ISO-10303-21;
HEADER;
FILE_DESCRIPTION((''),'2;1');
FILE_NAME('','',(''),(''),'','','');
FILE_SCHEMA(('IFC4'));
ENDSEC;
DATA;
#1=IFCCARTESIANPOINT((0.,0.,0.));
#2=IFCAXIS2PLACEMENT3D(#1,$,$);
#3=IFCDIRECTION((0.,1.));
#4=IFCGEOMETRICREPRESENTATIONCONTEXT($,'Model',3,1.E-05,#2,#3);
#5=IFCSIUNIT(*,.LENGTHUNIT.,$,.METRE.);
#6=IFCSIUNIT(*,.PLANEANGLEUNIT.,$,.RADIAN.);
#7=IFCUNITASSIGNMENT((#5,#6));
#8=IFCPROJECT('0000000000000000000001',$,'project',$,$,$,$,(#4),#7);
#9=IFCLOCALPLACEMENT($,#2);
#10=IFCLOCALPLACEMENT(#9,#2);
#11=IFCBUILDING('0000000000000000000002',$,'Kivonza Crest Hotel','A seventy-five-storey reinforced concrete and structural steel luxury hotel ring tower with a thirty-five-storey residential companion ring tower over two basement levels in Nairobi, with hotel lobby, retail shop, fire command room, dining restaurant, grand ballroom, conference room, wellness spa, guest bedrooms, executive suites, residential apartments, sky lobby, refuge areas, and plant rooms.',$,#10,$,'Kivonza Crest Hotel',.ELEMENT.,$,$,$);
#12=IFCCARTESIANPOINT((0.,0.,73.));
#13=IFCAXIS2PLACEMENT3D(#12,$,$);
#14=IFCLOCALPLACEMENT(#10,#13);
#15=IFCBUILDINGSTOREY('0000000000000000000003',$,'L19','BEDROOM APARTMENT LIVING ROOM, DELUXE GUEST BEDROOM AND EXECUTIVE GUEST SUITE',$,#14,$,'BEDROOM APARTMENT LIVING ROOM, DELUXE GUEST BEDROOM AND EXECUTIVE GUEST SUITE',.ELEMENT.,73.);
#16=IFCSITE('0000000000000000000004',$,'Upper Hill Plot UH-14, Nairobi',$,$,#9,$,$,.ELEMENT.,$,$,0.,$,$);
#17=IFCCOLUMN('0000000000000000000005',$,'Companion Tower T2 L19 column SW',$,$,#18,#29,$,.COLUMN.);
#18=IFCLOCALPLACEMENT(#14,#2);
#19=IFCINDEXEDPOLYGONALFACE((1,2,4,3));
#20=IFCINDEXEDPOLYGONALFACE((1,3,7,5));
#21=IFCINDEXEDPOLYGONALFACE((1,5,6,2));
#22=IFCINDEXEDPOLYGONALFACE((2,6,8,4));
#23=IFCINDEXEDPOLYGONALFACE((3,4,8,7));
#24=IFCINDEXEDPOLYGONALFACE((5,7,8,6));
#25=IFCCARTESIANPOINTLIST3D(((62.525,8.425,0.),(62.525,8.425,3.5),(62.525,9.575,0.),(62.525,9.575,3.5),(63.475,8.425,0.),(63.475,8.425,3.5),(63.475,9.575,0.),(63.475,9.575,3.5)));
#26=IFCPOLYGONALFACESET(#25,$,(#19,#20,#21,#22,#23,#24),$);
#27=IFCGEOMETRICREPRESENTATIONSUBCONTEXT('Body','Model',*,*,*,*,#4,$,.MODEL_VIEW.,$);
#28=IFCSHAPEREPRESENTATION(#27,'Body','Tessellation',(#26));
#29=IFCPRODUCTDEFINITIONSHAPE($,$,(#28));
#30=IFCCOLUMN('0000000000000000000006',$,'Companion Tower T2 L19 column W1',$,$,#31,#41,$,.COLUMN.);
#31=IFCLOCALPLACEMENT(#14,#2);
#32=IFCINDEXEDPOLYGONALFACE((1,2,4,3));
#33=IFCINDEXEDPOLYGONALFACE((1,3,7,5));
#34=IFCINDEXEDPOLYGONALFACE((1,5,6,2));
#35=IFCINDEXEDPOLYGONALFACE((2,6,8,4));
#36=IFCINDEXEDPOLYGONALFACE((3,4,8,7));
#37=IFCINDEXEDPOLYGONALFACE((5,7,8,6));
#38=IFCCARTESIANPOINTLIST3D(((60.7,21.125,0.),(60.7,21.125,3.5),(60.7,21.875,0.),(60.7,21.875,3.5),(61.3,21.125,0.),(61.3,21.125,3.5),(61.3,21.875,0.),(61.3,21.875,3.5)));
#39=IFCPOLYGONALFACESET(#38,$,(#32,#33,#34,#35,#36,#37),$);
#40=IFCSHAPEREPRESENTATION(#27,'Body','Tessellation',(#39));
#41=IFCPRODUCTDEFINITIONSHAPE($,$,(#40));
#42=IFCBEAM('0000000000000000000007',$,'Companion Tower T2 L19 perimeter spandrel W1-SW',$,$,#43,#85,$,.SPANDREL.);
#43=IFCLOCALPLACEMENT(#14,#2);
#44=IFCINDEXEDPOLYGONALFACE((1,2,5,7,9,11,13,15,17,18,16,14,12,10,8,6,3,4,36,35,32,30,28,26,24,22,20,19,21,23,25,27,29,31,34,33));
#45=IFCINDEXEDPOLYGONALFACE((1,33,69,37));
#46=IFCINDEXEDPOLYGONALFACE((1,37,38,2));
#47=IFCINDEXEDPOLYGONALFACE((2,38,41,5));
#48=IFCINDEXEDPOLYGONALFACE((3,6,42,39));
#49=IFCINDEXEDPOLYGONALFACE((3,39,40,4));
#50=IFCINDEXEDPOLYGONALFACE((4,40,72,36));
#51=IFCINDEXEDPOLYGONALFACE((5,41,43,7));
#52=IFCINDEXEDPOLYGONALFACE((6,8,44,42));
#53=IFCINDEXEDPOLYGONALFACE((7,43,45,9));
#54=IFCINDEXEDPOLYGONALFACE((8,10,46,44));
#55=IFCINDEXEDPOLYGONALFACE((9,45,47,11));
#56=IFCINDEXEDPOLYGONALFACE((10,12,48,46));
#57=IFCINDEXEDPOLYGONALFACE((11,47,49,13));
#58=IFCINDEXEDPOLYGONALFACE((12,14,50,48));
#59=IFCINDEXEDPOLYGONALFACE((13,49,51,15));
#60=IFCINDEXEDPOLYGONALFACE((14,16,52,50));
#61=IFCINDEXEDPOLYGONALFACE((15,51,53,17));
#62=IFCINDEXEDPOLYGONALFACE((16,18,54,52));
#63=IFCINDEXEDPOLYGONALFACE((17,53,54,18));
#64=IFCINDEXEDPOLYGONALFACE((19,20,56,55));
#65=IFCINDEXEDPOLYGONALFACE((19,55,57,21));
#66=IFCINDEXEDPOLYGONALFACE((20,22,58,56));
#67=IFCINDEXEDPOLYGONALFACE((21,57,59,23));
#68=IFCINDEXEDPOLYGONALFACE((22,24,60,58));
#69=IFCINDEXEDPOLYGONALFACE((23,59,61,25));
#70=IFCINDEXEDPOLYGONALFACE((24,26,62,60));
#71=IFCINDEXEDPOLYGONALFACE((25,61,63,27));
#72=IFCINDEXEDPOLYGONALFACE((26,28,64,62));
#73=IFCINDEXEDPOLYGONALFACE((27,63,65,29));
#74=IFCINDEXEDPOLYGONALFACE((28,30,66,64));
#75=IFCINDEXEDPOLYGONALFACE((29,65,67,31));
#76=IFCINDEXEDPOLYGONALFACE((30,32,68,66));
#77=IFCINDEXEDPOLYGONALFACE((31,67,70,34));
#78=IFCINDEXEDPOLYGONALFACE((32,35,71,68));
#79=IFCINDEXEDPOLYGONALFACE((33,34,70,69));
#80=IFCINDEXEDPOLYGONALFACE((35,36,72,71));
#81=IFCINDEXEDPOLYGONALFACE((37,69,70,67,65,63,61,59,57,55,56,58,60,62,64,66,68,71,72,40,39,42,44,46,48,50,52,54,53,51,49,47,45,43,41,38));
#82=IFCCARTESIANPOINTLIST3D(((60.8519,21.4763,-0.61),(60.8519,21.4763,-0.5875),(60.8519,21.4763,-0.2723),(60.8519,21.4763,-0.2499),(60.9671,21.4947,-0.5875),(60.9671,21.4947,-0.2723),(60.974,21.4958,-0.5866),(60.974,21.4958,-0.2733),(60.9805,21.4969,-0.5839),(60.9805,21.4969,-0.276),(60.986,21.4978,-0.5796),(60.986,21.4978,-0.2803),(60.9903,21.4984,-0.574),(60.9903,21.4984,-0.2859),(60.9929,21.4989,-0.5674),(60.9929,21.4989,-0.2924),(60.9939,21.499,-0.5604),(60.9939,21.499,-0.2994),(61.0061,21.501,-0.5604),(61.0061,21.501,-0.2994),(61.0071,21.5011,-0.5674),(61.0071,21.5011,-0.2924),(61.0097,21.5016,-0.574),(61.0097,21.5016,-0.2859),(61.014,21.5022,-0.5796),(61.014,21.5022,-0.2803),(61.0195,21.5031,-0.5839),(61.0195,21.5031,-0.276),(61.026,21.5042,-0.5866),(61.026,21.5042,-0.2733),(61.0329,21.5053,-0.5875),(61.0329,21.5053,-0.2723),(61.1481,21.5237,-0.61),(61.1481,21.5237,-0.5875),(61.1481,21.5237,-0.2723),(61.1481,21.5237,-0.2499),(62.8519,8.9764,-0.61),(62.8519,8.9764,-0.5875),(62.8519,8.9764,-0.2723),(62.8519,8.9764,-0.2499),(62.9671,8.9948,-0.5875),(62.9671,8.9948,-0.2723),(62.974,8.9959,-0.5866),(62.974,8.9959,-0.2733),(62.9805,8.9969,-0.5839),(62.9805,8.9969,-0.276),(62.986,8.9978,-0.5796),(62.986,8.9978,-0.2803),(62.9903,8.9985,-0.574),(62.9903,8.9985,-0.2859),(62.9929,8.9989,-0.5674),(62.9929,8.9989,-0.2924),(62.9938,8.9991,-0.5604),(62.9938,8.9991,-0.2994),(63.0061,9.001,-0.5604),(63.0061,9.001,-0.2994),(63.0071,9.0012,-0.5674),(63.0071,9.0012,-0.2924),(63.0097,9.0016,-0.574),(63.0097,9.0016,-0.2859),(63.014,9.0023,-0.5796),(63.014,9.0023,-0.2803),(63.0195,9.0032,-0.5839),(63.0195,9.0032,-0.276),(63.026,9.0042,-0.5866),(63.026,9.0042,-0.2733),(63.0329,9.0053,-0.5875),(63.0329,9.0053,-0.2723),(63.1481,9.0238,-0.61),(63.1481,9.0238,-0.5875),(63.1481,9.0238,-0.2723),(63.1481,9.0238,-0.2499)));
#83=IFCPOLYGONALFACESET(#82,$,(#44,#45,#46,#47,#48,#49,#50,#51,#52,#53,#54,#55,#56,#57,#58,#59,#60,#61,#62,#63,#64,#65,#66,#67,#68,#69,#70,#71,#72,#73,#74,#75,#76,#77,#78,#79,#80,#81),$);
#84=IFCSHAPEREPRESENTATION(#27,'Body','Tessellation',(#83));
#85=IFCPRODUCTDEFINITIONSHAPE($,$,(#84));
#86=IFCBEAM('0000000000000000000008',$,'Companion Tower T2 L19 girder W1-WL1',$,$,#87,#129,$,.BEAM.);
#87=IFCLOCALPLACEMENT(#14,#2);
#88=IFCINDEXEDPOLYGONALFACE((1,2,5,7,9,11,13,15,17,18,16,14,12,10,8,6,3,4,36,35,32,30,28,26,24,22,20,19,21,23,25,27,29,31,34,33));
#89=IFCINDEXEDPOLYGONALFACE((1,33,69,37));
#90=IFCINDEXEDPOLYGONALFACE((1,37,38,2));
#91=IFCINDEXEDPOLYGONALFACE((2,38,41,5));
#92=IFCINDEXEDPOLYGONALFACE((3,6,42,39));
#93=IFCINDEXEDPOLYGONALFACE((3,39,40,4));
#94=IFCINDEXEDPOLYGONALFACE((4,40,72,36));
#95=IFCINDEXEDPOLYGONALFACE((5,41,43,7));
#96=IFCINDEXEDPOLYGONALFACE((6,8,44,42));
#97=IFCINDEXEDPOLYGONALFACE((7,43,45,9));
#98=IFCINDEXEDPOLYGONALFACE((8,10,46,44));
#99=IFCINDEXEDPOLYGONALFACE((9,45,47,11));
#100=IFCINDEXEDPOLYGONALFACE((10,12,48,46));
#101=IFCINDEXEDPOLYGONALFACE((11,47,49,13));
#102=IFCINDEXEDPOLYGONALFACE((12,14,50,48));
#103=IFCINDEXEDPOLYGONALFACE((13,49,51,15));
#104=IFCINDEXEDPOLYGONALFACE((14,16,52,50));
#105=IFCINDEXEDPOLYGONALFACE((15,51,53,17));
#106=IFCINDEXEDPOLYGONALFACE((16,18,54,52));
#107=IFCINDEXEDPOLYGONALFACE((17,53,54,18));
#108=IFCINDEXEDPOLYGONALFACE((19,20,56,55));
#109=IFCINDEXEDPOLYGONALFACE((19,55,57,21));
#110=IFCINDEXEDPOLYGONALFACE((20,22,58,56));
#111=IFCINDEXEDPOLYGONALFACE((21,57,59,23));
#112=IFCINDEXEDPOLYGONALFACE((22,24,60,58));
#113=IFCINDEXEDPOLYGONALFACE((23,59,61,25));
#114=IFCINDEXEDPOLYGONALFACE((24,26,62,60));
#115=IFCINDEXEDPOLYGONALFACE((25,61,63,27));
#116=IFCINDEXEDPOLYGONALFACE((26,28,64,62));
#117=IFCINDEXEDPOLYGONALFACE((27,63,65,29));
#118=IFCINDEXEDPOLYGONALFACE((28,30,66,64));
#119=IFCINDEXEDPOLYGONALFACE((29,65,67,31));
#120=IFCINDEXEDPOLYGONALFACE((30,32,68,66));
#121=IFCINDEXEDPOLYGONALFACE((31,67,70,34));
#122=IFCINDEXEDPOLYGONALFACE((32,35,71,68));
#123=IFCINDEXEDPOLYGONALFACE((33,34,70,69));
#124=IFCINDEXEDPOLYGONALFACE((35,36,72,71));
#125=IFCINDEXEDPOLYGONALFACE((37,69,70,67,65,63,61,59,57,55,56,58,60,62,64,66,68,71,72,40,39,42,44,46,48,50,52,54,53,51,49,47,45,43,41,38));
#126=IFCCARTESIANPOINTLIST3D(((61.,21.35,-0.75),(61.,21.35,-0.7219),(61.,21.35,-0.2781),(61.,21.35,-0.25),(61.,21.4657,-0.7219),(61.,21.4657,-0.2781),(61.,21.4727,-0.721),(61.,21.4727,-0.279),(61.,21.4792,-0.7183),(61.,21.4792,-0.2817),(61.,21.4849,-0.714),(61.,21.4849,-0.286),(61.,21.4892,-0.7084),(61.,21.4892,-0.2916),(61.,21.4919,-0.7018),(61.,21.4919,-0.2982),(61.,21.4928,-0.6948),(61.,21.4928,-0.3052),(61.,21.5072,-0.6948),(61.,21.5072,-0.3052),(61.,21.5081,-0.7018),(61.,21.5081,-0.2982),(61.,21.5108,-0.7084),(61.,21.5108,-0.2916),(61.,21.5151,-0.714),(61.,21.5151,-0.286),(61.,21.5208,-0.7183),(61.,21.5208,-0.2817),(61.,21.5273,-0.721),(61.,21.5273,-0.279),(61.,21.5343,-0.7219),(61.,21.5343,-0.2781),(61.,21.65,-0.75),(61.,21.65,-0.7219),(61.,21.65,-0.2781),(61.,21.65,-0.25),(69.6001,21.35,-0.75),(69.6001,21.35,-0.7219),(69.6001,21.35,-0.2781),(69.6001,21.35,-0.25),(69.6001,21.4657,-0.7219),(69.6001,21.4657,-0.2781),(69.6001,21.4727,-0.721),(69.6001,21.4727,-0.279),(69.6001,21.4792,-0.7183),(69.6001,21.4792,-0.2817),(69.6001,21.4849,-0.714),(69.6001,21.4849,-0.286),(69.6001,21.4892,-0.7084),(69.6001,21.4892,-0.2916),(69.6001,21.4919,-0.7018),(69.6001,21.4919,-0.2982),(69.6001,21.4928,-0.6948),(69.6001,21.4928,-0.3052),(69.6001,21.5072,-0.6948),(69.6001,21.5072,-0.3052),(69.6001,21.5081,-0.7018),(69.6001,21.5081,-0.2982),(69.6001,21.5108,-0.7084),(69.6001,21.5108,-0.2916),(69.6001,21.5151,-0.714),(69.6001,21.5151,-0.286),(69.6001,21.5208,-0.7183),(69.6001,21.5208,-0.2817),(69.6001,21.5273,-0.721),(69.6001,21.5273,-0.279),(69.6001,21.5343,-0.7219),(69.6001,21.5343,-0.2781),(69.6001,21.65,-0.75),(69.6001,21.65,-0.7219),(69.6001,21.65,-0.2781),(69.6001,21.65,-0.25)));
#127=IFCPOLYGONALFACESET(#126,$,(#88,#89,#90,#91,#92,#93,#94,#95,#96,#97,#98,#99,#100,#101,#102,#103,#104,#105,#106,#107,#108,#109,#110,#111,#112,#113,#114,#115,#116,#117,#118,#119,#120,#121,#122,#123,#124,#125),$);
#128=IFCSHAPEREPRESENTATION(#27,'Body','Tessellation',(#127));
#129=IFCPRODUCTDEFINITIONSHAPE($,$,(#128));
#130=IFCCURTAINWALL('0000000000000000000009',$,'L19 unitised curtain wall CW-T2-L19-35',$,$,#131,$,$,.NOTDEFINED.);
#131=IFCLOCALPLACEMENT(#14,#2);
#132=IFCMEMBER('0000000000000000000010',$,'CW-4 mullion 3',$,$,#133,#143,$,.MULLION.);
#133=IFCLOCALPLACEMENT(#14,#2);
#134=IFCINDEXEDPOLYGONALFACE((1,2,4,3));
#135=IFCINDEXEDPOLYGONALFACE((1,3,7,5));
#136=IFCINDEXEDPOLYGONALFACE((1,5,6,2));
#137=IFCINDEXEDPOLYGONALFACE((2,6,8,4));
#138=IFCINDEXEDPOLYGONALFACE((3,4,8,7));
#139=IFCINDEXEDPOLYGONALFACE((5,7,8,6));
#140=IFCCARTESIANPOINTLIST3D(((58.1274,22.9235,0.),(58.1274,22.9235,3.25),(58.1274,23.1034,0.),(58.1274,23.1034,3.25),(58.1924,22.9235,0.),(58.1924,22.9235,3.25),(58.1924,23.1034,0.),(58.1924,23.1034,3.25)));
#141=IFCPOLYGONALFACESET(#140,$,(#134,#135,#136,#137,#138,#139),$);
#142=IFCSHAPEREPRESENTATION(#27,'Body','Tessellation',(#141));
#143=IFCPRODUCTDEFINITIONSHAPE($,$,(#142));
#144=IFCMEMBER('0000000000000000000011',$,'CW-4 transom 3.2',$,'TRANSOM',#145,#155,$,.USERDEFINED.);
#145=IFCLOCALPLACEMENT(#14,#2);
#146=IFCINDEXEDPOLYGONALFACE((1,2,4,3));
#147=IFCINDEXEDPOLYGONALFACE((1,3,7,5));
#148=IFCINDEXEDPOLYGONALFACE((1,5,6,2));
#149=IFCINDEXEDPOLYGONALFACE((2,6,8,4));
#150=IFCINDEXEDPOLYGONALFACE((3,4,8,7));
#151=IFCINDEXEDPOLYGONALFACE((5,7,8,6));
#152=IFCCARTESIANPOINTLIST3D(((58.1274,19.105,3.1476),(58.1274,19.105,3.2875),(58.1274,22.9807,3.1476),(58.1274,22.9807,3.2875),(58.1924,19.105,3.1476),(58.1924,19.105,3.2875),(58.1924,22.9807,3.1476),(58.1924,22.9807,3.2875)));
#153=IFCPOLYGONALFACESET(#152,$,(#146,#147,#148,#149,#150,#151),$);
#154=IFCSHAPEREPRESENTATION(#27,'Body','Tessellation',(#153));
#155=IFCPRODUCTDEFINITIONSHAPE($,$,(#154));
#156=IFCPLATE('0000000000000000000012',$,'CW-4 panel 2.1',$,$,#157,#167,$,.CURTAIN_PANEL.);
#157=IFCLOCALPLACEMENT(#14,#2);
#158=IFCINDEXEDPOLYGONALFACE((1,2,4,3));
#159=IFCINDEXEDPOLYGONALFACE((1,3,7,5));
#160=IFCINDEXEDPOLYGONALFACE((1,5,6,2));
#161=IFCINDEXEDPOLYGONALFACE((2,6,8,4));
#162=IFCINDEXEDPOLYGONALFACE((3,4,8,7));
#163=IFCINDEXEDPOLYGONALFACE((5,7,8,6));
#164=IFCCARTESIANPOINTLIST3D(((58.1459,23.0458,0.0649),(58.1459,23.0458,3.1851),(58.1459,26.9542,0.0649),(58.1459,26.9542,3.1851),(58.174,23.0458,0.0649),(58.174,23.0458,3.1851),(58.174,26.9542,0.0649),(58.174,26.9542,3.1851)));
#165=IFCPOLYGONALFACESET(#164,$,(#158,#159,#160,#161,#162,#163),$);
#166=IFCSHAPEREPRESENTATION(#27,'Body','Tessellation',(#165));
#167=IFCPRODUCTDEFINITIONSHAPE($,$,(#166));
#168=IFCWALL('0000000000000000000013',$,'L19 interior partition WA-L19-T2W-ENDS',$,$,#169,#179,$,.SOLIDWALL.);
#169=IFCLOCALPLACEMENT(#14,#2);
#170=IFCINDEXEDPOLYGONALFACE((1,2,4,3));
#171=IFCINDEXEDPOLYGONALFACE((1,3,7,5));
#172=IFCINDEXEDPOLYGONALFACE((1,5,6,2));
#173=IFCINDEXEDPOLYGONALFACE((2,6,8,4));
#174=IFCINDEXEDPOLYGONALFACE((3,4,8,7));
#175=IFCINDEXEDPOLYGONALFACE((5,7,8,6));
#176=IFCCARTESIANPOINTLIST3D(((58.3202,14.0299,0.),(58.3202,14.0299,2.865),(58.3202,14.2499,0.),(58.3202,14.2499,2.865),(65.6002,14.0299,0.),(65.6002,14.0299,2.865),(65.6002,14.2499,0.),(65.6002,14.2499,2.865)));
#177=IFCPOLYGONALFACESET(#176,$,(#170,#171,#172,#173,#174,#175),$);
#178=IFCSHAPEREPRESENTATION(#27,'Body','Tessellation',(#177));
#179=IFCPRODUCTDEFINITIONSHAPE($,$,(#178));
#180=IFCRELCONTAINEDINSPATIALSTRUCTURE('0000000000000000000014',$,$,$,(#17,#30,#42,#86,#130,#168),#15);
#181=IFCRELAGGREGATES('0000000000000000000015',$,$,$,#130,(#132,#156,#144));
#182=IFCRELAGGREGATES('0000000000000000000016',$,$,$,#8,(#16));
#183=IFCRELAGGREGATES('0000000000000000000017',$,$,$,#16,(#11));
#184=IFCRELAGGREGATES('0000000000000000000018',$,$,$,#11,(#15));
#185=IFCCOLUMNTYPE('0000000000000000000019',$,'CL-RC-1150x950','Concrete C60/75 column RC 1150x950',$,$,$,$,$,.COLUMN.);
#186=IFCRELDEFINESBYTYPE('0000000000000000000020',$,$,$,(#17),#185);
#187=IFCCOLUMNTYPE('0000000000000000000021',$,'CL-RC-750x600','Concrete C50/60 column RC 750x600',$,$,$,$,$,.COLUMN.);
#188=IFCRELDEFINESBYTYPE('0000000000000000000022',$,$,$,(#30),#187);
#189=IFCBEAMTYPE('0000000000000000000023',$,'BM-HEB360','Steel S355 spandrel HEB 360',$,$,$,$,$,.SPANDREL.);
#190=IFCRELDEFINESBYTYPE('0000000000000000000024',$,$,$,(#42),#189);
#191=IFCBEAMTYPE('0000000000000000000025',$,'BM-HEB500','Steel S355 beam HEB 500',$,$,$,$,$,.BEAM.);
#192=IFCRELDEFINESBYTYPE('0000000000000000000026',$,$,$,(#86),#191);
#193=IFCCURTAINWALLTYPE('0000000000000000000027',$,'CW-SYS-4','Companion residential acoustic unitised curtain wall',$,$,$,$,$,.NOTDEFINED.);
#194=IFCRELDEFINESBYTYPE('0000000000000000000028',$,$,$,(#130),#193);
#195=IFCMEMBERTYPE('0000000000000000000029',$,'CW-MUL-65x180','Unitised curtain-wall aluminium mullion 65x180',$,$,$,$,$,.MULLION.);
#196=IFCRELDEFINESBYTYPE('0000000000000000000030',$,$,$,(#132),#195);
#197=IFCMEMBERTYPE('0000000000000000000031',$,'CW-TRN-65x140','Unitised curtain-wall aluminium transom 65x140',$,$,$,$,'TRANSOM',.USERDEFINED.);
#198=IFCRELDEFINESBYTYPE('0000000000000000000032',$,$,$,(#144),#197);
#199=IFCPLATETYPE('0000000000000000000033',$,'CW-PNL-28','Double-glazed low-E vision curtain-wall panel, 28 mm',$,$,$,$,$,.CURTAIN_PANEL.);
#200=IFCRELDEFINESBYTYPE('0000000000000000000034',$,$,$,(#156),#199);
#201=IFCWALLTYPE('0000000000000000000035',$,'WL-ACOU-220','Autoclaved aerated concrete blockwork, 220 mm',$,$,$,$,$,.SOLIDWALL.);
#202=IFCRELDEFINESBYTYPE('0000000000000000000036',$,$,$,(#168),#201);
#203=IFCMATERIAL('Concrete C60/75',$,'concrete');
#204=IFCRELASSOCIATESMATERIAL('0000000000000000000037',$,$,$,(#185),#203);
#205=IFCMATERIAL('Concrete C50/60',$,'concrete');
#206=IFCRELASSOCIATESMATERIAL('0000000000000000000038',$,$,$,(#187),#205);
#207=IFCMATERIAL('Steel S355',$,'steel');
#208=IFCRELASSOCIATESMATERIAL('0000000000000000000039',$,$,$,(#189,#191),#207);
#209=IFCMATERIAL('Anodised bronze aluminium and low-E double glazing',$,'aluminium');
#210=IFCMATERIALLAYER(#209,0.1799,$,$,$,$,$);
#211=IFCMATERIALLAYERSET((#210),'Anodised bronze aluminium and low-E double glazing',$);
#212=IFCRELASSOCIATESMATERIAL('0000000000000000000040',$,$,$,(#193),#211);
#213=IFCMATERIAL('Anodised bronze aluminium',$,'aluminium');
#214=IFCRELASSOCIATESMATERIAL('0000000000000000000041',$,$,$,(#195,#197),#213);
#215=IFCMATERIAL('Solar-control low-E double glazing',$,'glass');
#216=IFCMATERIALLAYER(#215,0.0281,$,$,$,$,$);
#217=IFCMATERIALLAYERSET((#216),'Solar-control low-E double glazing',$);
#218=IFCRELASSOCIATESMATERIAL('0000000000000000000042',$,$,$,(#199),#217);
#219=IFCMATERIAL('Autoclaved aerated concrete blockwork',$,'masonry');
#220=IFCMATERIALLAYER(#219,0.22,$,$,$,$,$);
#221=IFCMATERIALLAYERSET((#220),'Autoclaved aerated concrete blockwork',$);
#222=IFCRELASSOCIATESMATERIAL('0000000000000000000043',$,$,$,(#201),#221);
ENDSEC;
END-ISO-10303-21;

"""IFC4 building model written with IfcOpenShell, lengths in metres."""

from ifc_helpers import new_model, si_unit, direction, frame, frame_2d, origin, origin_2d, place, context, subcontext, project, spatial, rectangle, i_section, extrude, material, layer, layer_set, material_profile, profile_set, type_object, element, aggregate, save


model = new_model("IFC4")

# Units and contexts
model_context = context("Model", 3, precision=1e-05, world=origin(), true_north=direction((0.0, 1.0)))
body_context = subcontext(model_context, "Body", "Model", "MODEL_VIEW")
ifc_project = project(units=[si_unit("LENGTHUNIT", "METRE"), si_unit("PLANEANGLEUNIT", "RADIAN")], contexts=[model_context])

# Site, building, storey
site_placement = place(None, origin())
site = spatial("IfcSite", under=ifc_project, at=site_placement, Name="Upper Hill Plot UH-14, Nairobi", CompositionType="ELEMENT", RefElevation=0.0)
building_placement = place(site_placement, origin())
building = spatial("IfcBuilding", under=site, at=building_placement, Name="Kivonza Crest Hotel", Description="A seventy-five-storey reinforced concrete and structural steel luxury hotel ring tower with a thirty-five-storey residential companion ring tower over two basement levels in Nairobi, with hotel lobby, retail shop, fire command room, dining restaurant, grand ballroom, conference room, wellness spa, guest bedrooms, executive suites, residential apartments, sky lobby, refuge areas, and plant rooms.", LongName="Kivonza Crest Hotel", CompositionType="ELEMENT")
storey_placement = place(building_placement, frame((0.0, 0.0, 73.0)))
storey = spatial("IfcBuildingStorey", under=building, at=storey_placement, Name="L19", Description="BEDROOM APARTMENT LIVING ROOM, DELUXE GUEST BEDROOM AND EXECUTIVE GUEST SUITE", LongName="BEDROOM APARTMENT LIVING ROOM, DELUXE GUEST BEDROOM AND EXECUTIVE GUEST SUITE", CompositionType="ELEMENT", Elevation=73.0)

# Columns
ifc_material_1 = material(Name="Concrete C60/75", Category="concrete")
ifc_material_profile_1 = material_profile(ifc_material_1, rectangle(XDim=0.95, YDim=1.1499, at=origin_2d()), Name="RC 1150x950")
ifc_profile_set_1 = profile_set([ifc_material_profile_1], Name="Concrete C60/75")
column_type_1 = type_object("IfcColumnType", Name="CL-RC-1150x950", Description="Concrete C60/75 column RC 1150x950", PredefinedType="COLUMN", material=ifc_profile_set_1)
column_1_placement = place(storey_placement, frame((63.0, 9.0, 0.0), z_axis=(0.0, 0.0, 1.0), x_axis=(1.0, 0.0, 0.0)))
element("IfcColumn", 1, at=column_1_placement, inside=storey, type_object=column_type_1, Name="Companion Tower T2 L19 column SW", PredefinedType="COLUMN", context=body_context, shape_type="SweptSolid", body=[
    extrude(rectangle(XDim=0.95, YDim=1.1499, at=origin_2d()), origin(), (0.0, 0.0, 1.0), 3.5),
])
ifc_material_2 = material(Name="Concrete C50/60", Category="concrete")
ifc_material_profile_2 = material_profile(ifc_material_2, rectangle(XDim=0.6001, YDim=0.75, at=origin_2d()), Name="RC 750x600")
ifc_profile_set_2 = profile_set([ifc_material_profile_2], Name="Concrete C50/60")
column_type_2 = type_object("IfcColumnType", Name="CL-RC-750x600", Description="Concrete C50/60 column RC 750x600", PredefinedType="COLUMN", material=ifc_profile_set_2)
column_2_placement = place(storey_placement, frame((61.0, 21.5, 0.0), z_axis=(0.0, 0.0, 1.0), x_axis=(1.0, 0.0, 0.0)))
element("IfcColumn", 2, at=column_2_placement, inside=storey, type_object=column_type_2, Name="Companion Tower T2 L19 column W1", PredefinedType="COLUMN", context=body_context, shape_type="SweptSolid", body=[
    extrude(rectangle(XDim=0.6001, YDim=0.75, at=origin_2d()), origin(), (0.0, 0.0, 1.0), 3.5),
])

# Beams
ifc_material_3 = material(Name="Steel S355", Category="steel")
ifc_material_profile_3 = material_profile(ifc_material_3, i_section(OverallWidth=0.3, OverallDepth=0.3601, WebThickness=0.0125, FlangeThickness=0.0225, FilletRadius=0.0271, at=origin_2d()), Name="HEB 360")
ifc_profile_set_3 = profile_set([ifc_material_profile_3], Name="Steel S355")
beam_type_1 = type_object("IfcBeamType", Name="BM-HEB360", Description="Steel S355 spandrel HEB 360", PredefinedType="SPANDREL", material=ifc_profile_set_3)
beam_1_placement = place(storey_placement, frame((61.0, 21.5, -0.4299), z_axis=(0.157991, -0.987441, 0.0), x_axis=(0.987441, 0.157991, 0.0)))
element("IfcBeam", 3, at=beam_1_placement, inside=storey, type_object=beam_type_1, Name="Companion Tower T2 L19 perimeter spandrel W1-SW", PredefinedType="SPANDREL", context=body_context, shape_type="SweptSolid", body=[
    extrude(i_section(OverallWidth=0.3, OverallDepth=0.3601, WebThickness=0.0125, FlangeThickness=0.0225, FilletRadius=0.0271, at=origin_2d()), origin(), (0.0, 0.0, 1.0), 12.6589),
])
ifc_material_profile_4 = material_profile(ifc_material_3, i_section(OverallWidth=0.3, OverallDepth=0.5, WebThickness=0.0144, FlangeThickness=0.0281, FilletRadius=0.0271, at=origin_2d()), Name="HEB 500")
ifc_profile_set_4 = profile_set([ifc_material_profile_4], Name="Steel S355")
beam_type_2 = type_object("IfcBeamType", Name="BM-HEB500", Description="Steel S355 beam HEB 500", PredefinedType="BEAM", material=ifc_profile_set_4)
beam_2_placement = place(storey_placement, frame((61.0, 21.5, -0.5), z_axis=(1.0, 0.0, 0.0), x_axis=(0.0, 1.0, 0.0)))
element("IfcBeam", 4, at=beam_2_placement, inside=storey, type_object=beam_type_2, Name="Companion Tower T2 L19 girder W1-WL1", PredefinedType="BEAM", context=body_context, shape_type="SweptSolid", body=[
    extrude(i_section(OverallWidth=0.3, OverallDepth=0.5, WebThickness=0.0144, FlangeThickness=0.0281, FilletRadius=0.0271, at=origin_2d()), origin(), (0.0, 0.0, 1.0), 8.6001),
])

# Curtain wall, members, plate
ifc_material_4 = material(Name="Anodised bronze aluminium and low-E double glazing", Category="aluminium")
ifc_layer_1 = layer(ifc_material_4, 0.1799)
ifc_layer_set_1 = layer_set([ifc_layer_1], Name="Anodised bronze aluminium and low-E double glazing")
curtain_wall_type = type_object("IfcCurtainWallType", Name="CW-SYS-4", Description="Companion residential acoustic unitised curtain wall", PredefinedType="NOTDEFINED", material=ifc_layer_set_1)
curtain_wall_placement = place(storey_placement, origin())
curtain_wall = element("IfcCurtainWall", 5, at=curtain_wall_placement, inside=storey, type_object=curtain_wall_type, Name="L19 unitised curtain wall CW-T2-L19-35", PredefinedType="NOTDEFINED")
ifc_material_5 = material(Name="Anodised bronze aluminium", Category="aluminium")
ifc_material_profile_5 = material_profile(ifc_material_5, rectangle(XDim=0.0649, YDim=0.1799, at=origin_2d()), Name="CW-M 65x180")
ifc_profile_set_5 = profile_set([ifc_material_profile_5], Name="Anodised bronze aluminium")
member_type_1 = type_object("IfcMemberType", Name="CW-MUL-65x180", Description="Unitised curtain-wall aluminium mullion 65x180", PredefinedType="MULLION", material=ifc_profile_set_5)
member_1_placement = place(storey_placement, frame((58.1599, 23.0134, 0.0), z_axis=(0.0, 0.0, 1.0), x_axis=(1.0, 0.0, 0.0)))
member_1 = element("IfcMember", 6, at=member_1_placement, type_object=member_type_1, Name="CW-4 mullion 3", PredefinedType="MULLION", context=body_context, shape_type="SweptSolid", body=[
    extrude(rectangle(XDim=0.0649, YDim=0.1799, at=origin_2d()), origin(), (0.0, 0.0, 1.0), 3.25),
])
ifc_material_profile_6 = material_profile(ifc_material_5, rectangle(XDim=0.0649, YDim=0.1399, at=origin_2d()), Name="CW-T 65x140")
ifc_profile_set_6 = profile_set([ifc_material_profile_6], Name="Anodised bronze aluminium")
member_type_2 = type_object("IfcMemberType", Name="CW-TRN-65x140", Description="Unitised curtain-wall aluminium transom 65x140", ElementType="TRANSOM", PredefinedType="USERDEFINED", material=ifc_profile_set_6)
member_2_placement = place(storey_placement, frame((58.1599, 22.9807, 3.2175), z_axis=(0.0, -1.0, 0.0), x_axis=(1.0, 0.0, 0.0)))
member_2 = element("IfcMember", 7, at=member_2_placement, type_object=member_type_2, Name="CW-4 transom 3.2", ObjectType="TRANSOM", PredefinedType="USERDEFINED", context=body_context, shape_type="SweptSolid", body=[
    extrude(rectangle(XDim=0.0649, YDim=0.1399, at=origin_2d()), origin(), (0.0, 0.0, 1.0), 3.8757),
])
ifc_material_6 = material(Name="Solar-control low-E double glazing", Category="glass")
ifc_layer_2 = layer(ifc_material_6, 0.0281)
ifc_layer_set_2 = layer_set([ifc_layer_2], Name="Solar-control low-E double glazing")
plate_type = type_object("IfcPlateType", Name="CW-PNL-28", Description="Double-glazed low-E vision curtain-wall panel, 28 mm", PredefinedType="CURTAIN_PANEL", material=ifc_layer_set_2)
plate_placement = place(storey_placement, frame((58.1599, 25.0, 0.0649), z_axis=(0.0, 0.0, 1.0), x_axis=(0.0, -1.0, 0.0)))
plate = element("IfcPlate", 8, at=plate_placement, type_object=plate_type, Name="CW-4 panel 2.1", PredefinedType="CURTAIN_PANEL", context=body_context, shape_type="SweptSolid", body=[
    extrude(rectangle(XDim=3.9084, YDim=0.0281, at=origin_2d()), origin(), (0.0, 0.0, 1.0), 3.1201),
])
aggregate(curtain_wall, [member_1, plate, member_2])

# Wall
ifc_material_7 = material(Name="Autoclaved aerated concrete blockwork", Category="masonry")
ifc_layer_3 = layer(ifc_material_7, 0.22)
ifc_layer_set_3 = layer_set([ifc_layer_3], Name="Autoclaved aerated concrete blockwork")
wall_type_1 = type_object("IfcWallType", Name="WL-ACOU-220", Description="Autoclaved aerated concrete blockwork, 220 mm", PredefinedType="SOLIDWALL", material=ifc_layer_set_3)
wall_1_placement = place(storey_placement, frame((58.3201, 14.1399, 0.0), z_axis=(0.0, 0.0, 1.0), x_axis=(1.0, 0.0, 0.0)))
element("IfcWall", 9, at=wall_1_placement, inside=storey, type_object=wall_type_1, Name="L19 interior partition WA-L19-T2W-ENDS", PredefinedType="SOLIDWALL", context=body_context, shape_type="SweptSolid", body=[
    extrude(rectangle(XDim=7.28, YDim=0.22, at=frame_2d((3.6401, 0.0))), origin(), (0.0, 0.0, 1.0), 2.865),
])

save(model, "model.ifc")
